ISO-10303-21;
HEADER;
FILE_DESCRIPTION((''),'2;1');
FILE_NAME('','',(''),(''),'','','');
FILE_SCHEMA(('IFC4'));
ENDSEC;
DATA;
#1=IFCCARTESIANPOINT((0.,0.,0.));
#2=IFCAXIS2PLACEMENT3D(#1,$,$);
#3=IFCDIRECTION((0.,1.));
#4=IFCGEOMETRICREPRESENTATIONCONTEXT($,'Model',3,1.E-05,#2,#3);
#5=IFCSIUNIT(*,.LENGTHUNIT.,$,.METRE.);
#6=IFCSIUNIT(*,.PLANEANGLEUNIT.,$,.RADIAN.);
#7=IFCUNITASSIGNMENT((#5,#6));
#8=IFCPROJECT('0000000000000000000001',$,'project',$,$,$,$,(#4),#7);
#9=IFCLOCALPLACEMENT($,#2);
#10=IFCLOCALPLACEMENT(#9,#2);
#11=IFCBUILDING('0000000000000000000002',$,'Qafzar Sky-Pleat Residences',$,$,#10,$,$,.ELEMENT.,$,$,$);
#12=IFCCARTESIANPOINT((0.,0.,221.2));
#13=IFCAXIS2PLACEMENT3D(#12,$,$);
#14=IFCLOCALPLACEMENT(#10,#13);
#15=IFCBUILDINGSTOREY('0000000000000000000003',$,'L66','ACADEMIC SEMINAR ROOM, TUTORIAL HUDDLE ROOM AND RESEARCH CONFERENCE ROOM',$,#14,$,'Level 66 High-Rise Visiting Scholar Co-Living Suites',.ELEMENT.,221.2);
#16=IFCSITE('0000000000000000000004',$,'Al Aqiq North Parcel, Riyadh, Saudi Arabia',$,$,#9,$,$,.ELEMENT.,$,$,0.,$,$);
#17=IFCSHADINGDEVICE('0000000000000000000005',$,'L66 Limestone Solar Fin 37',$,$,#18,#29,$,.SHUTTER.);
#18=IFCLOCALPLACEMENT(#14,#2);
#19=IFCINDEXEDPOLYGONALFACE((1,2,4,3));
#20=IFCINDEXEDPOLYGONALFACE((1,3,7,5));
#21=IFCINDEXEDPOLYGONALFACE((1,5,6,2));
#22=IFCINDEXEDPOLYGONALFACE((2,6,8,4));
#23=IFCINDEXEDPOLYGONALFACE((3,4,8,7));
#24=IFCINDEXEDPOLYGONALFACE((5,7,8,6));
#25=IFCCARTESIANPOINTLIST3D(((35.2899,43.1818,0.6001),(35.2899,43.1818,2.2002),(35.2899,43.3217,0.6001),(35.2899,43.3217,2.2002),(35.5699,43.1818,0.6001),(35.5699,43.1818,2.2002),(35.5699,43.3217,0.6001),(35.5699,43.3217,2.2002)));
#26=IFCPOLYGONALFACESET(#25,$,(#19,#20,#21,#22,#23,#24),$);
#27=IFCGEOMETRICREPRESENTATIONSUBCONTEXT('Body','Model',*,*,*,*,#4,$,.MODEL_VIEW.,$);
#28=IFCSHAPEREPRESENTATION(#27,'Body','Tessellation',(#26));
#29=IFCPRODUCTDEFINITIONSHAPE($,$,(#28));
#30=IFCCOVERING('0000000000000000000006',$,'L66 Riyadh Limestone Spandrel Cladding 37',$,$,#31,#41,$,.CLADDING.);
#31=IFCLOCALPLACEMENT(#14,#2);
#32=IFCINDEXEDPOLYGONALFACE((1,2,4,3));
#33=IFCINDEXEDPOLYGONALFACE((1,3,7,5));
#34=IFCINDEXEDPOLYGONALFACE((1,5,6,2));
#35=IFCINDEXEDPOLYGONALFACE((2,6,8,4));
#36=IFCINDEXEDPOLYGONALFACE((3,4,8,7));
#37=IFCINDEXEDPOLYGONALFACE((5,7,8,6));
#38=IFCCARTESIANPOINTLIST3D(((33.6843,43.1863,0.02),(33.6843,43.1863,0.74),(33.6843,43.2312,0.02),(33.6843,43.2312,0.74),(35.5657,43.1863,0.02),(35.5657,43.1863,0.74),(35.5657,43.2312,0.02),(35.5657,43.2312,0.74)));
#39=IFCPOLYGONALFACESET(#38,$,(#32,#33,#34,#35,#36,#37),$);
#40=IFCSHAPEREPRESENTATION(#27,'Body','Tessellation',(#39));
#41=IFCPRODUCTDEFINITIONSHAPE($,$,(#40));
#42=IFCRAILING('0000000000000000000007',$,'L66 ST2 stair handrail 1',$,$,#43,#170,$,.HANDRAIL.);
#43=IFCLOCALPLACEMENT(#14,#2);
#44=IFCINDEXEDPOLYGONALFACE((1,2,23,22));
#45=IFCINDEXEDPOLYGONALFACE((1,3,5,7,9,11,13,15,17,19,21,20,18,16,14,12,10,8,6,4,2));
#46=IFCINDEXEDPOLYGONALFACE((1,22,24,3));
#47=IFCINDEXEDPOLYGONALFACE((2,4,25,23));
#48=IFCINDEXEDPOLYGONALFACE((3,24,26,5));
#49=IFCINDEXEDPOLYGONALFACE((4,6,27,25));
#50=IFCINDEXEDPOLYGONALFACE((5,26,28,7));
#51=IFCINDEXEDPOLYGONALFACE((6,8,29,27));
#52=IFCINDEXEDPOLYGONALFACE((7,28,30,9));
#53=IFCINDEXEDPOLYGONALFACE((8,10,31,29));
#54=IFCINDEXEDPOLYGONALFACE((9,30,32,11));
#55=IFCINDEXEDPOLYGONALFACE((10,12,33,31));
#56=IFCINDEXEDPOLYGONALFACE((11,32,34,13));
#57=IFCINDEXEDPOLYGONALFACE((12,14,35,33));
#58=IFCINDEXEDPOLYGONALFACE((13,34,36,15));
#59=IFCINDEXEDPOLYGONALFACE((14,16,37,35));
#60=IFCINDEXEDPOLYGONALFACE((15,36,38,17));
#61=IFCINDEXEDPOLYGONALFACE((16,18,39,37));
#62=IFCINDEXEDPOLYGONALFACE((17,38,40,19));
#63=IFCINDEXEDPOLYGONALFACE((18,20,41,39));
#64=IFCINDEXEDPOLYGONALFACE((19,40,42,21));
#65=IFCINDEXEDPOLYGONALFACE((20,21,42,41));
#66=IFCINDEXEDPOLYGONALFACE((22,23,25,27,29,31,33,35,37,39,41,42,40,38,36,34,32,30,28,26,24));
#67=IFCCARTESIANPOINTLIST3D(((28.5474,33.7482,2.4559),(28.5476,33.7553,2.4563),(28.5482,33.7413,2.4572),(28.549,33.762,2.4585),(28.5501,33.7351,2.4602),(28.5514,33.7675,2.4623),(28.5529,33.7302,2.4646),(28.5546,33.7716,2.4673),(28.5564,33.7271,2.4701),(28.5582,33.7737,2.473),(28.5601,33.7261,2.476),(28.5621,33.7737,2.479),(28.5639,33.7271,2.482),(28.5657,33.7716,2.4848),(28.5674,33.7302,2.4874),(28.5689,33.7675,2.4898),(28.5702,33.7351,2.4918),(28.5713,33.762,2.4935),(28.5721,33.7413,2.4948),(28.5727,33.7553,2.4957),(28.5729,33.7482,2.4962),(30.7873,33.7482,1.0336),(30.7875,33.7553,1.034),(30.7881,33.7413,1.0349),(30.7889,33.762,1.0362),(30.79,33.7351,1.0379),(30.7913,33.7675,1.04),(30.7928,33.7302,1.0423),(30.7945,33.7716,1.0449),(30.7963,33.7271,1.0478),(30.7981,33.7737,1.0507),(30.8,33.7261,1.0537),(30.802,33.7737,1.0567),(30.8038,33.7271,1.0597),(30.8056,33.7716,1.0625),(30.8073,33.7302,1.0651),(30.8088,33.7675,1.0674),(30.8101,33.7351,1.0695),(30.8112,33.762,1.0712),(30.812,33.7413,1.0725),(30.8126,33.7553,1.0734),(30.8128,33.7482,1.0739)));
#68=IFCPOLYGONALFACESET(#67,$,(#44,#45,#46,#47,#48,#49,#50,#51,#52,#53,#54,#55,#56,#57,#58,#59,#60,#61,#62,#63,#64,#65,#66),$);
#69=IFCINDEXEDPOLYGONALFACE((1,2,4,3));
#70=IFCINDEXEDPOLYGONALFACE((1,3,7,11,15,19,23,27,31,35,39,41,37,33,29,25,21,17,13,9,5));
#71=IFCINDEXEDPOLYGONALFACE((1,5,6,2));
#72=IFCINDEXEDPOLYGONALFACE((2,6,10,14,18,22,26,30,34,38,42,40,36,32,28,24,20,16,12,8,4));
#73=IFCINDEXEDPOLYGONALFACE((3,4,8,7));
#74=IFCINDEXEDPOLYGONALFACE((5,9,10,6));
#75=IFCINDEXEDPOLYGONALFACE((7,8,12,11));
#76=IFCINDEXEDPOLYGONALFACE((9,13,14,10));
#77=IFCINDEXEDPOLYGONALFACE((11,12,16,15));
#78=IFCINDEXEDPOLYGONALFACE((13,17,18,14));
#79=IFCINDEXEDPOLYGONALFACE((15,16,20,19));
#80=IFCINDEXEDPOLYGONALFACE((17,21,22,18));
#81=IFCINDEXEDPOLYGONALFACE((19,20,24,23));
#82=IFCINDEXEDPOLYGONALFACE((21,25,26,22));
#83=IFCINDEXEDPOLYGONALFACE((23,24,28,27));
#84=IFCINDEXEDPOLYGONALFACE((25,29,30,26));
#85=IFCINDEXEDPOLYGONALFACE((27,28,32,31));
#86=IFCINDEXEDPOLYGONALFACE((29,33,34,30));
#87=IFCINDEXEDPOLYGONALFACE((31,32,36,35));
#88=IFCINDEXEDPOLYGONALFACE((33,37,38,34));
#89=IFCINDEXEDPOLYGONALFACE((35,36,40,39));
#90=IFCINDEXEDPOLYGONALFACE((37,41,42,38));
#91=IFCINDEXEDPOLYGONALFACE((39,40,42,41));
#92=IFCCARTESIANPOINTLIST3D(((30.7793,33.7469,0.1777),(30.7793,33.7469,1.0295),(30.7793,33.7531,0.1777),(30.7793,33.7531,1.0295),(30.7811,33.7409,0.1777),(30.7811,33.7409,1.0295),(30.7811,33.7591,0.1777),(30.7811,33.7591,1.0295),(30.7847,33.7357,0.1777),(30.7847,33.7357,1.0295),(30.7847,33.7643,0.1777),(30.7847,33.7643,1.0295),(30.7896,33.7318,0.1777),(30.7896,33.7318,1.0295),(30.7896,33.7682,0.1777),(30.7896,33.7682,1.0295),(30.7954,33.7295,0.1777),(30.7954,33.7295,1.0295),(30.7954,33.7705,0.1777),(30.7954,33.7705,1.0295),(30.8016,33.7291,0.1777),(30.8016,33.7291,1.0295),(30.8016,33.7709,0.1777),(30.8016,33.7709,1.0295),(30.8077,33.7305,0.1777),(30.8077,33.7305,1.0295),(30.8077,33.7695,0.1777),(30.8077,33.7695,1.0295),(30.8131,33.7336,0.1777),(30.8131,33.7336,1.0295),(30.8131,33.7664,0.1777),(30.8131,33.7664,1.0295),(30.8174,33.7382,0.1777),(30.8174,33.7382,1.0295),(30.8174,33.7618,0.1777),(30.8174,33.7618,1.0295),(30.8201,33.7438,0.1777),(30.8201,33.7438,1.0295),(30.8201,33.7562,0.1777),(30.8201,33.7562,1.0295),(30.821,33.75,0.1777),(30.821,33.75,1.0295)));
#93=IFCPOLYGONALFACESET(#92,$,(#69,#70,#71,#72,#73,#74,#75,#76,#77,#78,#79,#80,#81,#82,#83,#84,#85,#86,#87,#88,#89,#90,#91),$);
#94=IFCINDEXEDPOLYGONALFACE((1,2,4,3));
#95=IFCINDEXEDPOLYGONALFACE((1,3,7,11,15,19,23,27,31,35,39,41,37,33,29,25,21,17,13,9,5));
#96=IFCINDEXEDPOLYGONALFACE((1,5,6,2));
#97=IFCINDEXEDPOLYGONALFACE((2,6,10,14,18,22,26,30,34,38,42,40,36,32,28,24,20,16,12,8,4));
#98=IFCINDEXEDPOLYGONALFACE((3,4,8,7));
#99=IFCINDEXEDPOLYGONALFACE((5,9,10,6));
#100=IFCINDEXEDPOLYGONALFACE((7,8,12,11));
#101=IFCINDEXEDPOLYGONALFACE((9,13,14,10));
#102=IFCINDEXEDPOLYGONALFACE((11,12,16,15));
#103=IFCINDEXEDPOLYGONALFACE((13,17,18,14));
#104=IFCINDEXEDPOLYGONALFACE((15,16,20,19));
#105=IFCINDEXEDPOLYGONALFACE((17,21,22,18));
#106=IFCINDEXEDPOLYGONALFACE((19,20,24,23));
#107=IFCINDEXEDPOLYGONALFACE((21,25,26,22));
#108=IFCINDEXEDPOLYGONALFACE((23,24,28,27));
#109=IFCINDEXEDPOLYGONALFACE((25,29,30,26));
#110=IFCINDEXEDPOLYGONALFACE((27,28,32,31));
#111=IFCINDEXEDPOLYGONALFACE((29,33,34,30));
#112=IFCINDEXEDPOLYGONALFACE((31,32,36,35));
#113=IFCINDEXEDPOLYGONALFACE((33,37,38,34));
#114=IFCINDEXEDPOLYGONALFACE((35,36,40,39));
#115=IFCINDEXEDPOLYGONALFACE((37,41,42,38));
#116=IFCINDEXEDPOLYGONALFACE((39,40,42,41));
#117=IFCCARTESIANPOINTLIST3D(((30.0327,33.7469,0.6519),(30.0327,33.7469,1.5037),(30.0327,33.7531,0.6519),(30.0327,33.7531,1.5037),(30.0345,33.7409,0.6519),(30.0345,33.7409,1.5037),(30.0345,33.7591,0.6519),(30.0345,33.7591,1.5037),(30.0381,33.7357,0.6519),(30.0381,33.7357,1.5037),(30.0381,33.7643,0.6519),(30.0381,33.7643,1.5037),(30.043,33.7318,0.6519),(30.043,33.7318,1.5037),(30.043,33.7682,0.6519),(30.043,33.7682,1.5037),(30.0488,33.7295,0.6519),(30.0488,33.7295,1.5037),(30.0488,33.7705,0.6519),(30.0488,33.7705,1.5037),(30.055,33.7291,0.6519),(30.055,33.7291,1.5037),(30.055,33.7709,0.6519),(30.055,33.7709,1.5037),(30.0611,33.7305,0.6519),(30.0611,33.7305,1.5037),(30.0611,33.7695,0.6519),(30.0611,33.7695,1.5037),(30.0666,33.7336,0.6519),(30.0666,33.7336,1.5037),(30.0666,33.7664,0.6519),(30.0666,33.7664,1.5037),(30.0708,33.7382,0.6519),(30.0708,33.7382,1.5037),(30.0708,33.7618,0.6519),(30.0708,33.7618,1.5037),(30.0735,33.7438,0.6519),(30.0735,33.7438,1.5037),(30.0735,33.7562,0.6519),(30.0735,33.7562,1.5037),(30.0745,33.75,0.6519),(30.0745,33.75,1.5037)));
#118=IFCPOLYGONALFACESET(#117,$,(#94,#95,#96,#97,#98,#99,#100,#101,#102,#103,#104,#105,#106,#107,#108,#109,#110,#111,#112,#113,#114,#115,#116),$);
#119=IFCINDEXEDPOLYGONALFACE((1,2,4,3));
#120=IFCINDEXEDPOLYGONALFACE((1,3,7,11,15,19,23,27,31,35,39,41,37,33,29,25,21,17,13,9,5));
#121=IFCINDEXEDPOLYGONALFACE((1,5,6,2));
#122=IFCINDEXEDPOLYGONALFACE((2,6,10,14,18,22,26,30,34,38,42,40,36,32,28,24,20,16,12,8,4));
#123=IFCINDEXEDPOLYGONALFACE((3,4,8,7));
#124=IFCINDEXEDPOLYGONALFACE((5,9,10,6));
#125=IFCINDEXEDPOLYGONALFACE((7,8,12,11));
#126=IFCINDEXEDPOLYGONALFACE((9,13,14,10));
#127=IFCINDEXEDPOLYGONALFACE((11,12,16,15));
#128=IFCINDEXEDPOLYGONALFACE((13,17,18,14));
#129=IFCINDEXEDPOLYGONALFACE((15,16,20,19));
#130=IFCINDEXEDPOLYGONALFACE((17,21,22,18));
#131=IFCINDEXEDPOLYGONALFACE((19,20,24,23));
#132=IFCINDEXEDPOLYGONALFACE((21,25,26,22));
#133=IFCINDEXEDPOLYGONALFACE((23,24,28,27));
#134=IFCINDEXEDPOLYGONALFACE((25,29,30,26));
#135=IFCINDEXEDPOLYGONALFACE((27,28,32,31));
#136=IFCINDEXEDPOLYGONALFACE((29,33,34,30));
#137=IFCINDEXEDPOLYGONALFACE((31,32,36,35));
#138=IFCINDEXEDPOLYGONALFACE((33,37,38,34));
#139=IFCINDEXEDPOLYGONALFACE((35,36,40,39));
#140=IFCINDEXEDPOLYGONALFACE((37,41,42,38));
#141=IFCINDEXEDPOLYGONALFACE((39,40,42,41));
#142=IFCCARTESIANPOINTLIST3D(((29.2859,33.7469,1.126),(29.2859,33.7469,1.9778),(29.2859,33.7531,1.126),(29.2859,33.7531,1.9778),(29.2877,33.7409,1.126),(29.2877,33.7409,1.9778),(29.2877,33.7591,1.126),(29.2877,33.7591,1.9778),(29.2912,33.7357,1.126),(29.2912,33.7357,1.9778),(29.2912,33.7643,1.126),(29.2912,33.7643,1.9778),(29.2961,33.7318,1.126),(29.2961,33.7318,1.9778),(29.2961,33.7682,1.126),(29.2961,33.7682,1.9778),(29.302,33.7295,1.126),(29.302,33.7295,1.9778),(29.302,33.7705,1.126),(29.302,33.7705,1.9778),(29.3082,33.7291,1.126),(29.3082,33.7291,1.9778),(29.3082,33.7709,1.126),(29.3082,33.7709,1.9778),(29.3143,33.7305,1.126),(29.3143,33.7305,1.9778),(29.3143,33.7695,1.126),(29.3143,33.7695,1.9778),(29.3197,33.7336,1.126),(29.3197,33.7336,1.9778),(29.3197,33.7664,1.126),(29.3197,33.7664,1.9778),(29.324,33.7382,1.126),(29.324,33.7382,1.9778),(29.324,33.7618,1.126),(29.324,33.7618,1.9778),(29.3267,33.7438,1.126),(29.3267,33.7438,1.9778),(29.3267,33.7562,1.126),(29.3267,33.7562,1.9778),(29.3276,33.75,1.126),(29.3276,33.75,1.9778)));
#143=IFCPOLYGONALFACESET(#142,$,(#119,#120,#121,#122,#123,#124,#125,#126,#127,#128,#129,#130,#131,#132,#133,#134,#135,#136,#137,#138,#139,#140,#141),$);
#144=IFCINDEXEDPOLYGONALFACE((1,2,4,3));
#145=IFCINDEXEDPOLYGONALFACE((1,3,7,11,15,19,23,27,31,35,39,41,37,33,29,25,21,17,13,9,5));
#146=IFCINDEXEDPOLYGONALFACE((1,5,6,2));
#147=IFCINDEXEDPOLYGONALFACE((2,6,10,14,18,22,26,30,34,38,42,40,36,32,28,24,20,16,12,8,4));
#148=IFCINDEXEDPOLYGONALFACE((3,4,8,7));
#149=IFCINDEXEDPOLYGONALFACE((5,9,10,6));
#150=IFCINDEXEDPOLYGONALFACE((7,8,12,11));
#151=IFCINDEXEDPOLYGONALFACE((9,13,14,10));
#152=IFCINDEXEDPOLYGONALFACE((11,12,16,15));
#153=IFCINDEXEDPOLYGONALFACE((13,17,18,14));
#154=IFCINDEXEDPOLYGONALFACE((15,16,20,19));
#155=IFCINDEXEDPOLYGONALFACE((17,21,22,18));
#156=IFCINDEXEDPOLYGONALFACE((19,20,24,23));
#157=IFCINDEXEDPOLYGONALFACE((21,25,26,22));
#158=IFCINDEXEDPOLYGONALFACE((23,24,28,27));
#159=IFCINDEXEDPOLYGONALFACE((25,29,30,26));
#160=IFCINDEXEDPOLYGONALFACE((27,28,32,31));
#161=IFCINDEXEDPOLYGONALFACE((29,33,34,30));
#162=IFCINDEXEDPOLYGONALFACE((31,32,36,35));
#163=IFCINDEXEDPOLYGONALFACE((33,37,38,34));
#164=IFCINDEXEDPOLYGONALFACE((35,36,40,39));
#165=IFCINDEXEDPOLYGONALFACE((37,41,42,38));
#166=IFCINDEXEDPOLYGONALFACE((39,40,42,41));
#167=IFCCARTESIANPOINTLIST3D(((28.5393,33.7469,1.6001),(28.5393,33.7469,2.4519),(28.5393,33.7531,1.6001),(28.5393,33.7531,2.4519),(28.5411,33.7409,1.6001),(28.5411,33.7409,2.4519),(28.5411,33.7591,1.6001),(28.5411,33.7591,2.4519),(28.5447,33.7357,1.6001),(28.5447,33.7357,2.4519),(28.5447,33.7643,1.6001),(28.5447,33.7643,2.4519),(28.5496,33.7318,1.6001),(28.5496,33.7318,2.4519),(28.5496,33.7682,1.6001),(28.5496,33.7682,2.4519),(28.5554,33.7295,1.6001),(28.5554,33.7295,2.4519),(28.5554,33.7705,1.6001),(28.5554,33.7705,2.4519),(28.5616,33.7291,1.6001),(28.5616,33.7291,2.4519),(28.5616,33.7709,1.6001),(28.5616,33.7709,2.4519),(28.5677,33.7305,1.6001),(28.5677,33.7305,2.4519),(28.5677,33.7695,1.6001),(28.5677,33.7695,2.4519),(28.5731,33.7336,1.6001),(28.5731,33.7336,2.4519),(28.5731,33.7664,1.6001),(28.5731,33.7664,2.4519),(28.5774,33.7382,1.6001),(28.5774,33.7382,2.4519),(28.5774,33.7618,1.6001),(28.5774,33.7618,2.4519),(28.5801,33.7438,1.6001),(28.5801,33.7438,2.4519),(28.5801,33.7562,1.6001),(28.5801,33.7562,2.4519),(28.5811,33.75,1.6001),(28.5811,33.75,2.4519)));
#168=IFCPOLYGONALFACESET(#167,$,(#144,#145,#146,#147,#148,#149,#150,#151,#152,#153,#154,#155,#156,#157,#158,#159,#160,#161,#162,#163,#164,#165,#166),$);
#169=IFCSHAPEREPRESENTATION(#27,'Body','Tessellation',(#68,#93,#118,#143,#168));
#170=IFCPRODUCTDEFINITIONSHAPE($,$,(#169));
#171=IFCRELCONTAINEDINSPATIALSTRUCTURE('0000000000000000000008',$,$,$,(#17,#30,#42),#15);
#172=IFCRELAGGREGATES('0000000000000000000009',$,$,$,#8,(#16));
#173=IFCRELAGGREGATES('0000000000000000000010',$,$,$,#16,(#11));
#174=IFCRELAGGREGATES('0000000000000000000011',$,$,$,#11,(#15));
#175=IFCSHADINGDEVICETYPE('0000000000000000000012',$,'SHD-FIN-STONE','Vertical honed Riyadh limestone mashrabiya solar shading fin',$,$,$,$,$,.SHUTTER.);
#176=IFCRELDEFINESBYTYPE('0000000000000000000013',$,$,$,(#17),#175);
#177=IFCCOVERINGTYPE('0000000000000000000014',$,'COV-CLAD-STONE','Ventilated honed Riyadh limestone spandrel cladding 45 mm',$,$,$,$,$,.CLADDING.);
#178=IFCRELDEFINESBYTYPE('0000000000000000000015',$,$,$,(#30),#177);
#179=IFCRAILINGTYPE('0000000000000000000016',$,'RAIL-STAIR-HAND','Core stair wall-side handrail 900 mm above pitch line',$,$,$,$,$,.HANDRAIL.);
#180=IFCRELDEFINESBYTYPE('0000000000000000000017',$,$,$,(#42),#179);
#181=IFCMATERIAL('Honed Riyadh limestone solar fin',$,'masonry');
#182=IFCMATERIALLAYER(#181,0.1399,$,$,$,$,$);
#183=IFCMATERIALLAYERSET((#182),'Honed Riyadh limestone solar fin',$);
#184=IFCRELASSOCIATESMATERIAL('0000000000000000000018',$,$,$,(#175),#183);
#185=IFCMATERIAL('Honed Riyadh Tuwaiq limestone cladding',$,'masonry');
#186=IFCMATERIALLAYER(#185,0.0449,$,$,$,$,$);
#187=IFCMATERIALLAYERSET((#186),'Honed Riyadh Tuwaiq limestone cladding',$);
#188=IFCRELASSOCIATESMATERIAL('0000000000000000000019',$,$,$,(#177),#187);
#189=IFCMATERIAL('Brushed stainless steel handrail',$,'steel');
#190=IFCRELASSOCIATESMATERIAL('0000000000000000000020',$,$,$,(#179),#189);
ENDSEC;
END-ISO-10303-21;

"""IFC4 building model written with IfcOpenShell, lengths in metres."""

from ifc_helpers import new_model, si_unit, direction, frame, origin, origin_2d, place, context, subcontext, project, spatial, rectangle, circle, extrude, source, transform, mapped, material, layer, layer_set, type_object, element, save


model = new_model("IFC4")

# Units and contexts
model_context = context("Model", 3, precision=1e-05, world=origin(), true_north=direction((0.0, 1.0)))
body_context = subcontext(model_context, "Body", "Model", "MODEL_VIEW")
ifc_project = project(units=[si_unit("LENGTHUNIT", "METRE"), si_unit("PLANEANGLEUNIT", "RADIAN")], contexts=[model_context])

# Site, building, storey
site_placement = place(None, origin())
site = spatial("IfcSite", under=ifc_project, at=site_placement, Name="Al Aqiq North Parcel, Riyadh, Saudi Arabia", CompositionType="ELEMENT", RefElevation=0.0)
building_placement = place(site_placement, origin())
building = spatial("IfcBuilding", under=site, at=building_placement, Name="Qafzar Sky-Pleat Residences", CompositionType="ELEMENT")
storey_placement = place(building_placement, frame((0.0, 0.0, 221.2)))
storey = spatial("IfcBuildingStorey", under=building, at=storey_placement, Name="L66", Description="ACADEMIC SEMINAR ROOM, TUTORIAL HUDDLE ROOM AND RESEARCH CONFERENCE ROOM", LongName="Level 66 High-Rise Visiting Scholar Co-Living Suites", CompositionType="ELEMENT", Elevation=221.2)

# Shading device
ifc_material_1 = material(Name="Honed Riyadh limestone solar fin", Category="masonry")
ifc_layer_1 = layer(ifc_material_1, 0.1399)
ifc_layer_set_1 = layer_set([ifc_layer_1], Name="Honed Riyadh limestone solar fin")
shading_device_type = type_object("IfcShadingDeviceType", Name="SHD-FIN-STONE", Description="Vertical honed Riyadh limestone mashrabiya solar shading fin", PredefinedType="SHUTTER", material=ifc_layer_set_1)
shared_shape_1 = source(origin(), body_context, "Body", "SweptSolid", [
    extrude(rectangle(XDim=0.1399, YDim=0.28, at=origin_2d()), origin(), (0.0, 0.0, 1.0), 1.6001),
])
shading_device_placement = place(storey_placement, frame((35.4299, 43.2517, 0.6001), z_axis=(0.0, 0.0, 1.0), x_axis=(0.0, 1.0, 0.0)))
element("IfcShadingDevice", 1, at=shading_device_placement, inside=storey, type_object=shading_device_type, Name="L66 Limestone Solar Fin 37", PredefinedType="SHUTTER", context=body_context, shape_type="MappedRepresentation", body=[
    mapped(shared_shape_1, transform((0.0, 0.0, 0.0), x_axis=(1.0, 0.0, 0.0), y_axis=(0.0, 1.0, 0.0), z_axis=(0.0, 0.0, 1.0), scale=1.0)),
])

# Covering
ifc_material_2 = material(Name="Honed Riyadh Tuwaiq limestone cladding", Category="masonry")
ifc_layer_2 = layer(ifc_material_2, 0.0449)
ifc_layer_set_2 = layer_set([ifc_layer_2], Name="Honed Riyadh Tuwaiq limestone cladding")
covering_type = type_object("IfcCoveringType", Name="COV-CLAD-STONE", Description="Ventilated honed Riyadh limestone spandrel cladding 45 mm", PredefinedType="CLADDING", material=ifc_layer_set_2)
shared_shape_2 = source(origin(), body_context, "Body", "SweptSolid", [
    extrude(rectangle(XDim=1.8813, YDim=0.0449, at=origin_2d()), origin(), (0.0, 0.0, 1.0), 0.72),
])
covering_placement = place(storey_placement, frame((34.625, 43.2087, 0.02), z_axis=(0.0, 0.0, 1.0), x_axis=(-1.0, 0.0, 0.0)))
element("IfcCovering", 2, at=covering_placement, inside=storey, type_object=covering_type, Name="L66 Riyadh Limestone Spandrel Cladding 37", PredefinedType="CLADDING", context=body_context, shape_type="MappedRepresentation", body=[
    mapped(shared_shape_2, transform((0.0, 0.0, 0.0), x_axis=(1.0, 0.0, 0.0), y_axis=(0.0, 1.0, 0.0), z_axis=(0.0, 0.0, 1.0), scale=1.0)),
])

# Railing
ifc_material_3 = material(Name="Brushed stainless steel handrail", Category="steel")
railing_type_1 = type_object("IfcRailingType", Name="RAIL-STAIR-HAND", Description="Core stair wall-side handrail 900 mm above pitch line", PredefinedType="HANDRAIL", material=ifc_material_3)
shared_shape_3 = source(origin(), body_context, "Body", "SweptSolid", [
    extrude(circle(Radius=0.0239, at=origin_2d()), frame((0.0, 0.0, 0.876), z_axis=(-0.844188, 0.0, 0.536048), x_axis=(0.0, -1.0, 0.0)), (0.0, 0.0, 1.0), 2.6533),
    extrude(circle(Radius=0.021, at=origin_2d()), origin(), (0.0, 0.0, 1.0), 0.8518),
    extrude(circle(Radius=0.021, at=origin_2d()), frame((-0.7466, 0.0, 0.4741)), (0.0, 0.0, 1.0), 0.8518),
    extrude(circle(Radius=0.021, at=origin_2d()), frame((-1.4934, 0.0, 0.9482)), (0.0, 0.0, 1.0), 0.8518),
    extrude(circle(Radius=0.021, at=origin_2d()), frame((-2.24, 0.0, 1.4224)), (0.0, 0.0, 1.0), 0.8518),
])
railing_1_placement = place(storey_placement, frame((30.8, 33.75, 0.1777)))
element("IfcRailing", 3, at=railing_1_placement, inside=storey, type_object=railing_type_1, Name="L66 ST2 stair handrail 1", PredefinedType="HANDRAIL", context=body_context, shape_type="MappedRepresentation", body=[
    mapped(shared_shape_3, transform((0.0, 0.0, 0.0), x_axis=(1.0, 0.0, 0.0), y_axis=(0.0, 1.0, 0.0), z_axis=(0.0, 0.0, 1.0), scale=1.0)),
])

save(model, "model.ifc")
